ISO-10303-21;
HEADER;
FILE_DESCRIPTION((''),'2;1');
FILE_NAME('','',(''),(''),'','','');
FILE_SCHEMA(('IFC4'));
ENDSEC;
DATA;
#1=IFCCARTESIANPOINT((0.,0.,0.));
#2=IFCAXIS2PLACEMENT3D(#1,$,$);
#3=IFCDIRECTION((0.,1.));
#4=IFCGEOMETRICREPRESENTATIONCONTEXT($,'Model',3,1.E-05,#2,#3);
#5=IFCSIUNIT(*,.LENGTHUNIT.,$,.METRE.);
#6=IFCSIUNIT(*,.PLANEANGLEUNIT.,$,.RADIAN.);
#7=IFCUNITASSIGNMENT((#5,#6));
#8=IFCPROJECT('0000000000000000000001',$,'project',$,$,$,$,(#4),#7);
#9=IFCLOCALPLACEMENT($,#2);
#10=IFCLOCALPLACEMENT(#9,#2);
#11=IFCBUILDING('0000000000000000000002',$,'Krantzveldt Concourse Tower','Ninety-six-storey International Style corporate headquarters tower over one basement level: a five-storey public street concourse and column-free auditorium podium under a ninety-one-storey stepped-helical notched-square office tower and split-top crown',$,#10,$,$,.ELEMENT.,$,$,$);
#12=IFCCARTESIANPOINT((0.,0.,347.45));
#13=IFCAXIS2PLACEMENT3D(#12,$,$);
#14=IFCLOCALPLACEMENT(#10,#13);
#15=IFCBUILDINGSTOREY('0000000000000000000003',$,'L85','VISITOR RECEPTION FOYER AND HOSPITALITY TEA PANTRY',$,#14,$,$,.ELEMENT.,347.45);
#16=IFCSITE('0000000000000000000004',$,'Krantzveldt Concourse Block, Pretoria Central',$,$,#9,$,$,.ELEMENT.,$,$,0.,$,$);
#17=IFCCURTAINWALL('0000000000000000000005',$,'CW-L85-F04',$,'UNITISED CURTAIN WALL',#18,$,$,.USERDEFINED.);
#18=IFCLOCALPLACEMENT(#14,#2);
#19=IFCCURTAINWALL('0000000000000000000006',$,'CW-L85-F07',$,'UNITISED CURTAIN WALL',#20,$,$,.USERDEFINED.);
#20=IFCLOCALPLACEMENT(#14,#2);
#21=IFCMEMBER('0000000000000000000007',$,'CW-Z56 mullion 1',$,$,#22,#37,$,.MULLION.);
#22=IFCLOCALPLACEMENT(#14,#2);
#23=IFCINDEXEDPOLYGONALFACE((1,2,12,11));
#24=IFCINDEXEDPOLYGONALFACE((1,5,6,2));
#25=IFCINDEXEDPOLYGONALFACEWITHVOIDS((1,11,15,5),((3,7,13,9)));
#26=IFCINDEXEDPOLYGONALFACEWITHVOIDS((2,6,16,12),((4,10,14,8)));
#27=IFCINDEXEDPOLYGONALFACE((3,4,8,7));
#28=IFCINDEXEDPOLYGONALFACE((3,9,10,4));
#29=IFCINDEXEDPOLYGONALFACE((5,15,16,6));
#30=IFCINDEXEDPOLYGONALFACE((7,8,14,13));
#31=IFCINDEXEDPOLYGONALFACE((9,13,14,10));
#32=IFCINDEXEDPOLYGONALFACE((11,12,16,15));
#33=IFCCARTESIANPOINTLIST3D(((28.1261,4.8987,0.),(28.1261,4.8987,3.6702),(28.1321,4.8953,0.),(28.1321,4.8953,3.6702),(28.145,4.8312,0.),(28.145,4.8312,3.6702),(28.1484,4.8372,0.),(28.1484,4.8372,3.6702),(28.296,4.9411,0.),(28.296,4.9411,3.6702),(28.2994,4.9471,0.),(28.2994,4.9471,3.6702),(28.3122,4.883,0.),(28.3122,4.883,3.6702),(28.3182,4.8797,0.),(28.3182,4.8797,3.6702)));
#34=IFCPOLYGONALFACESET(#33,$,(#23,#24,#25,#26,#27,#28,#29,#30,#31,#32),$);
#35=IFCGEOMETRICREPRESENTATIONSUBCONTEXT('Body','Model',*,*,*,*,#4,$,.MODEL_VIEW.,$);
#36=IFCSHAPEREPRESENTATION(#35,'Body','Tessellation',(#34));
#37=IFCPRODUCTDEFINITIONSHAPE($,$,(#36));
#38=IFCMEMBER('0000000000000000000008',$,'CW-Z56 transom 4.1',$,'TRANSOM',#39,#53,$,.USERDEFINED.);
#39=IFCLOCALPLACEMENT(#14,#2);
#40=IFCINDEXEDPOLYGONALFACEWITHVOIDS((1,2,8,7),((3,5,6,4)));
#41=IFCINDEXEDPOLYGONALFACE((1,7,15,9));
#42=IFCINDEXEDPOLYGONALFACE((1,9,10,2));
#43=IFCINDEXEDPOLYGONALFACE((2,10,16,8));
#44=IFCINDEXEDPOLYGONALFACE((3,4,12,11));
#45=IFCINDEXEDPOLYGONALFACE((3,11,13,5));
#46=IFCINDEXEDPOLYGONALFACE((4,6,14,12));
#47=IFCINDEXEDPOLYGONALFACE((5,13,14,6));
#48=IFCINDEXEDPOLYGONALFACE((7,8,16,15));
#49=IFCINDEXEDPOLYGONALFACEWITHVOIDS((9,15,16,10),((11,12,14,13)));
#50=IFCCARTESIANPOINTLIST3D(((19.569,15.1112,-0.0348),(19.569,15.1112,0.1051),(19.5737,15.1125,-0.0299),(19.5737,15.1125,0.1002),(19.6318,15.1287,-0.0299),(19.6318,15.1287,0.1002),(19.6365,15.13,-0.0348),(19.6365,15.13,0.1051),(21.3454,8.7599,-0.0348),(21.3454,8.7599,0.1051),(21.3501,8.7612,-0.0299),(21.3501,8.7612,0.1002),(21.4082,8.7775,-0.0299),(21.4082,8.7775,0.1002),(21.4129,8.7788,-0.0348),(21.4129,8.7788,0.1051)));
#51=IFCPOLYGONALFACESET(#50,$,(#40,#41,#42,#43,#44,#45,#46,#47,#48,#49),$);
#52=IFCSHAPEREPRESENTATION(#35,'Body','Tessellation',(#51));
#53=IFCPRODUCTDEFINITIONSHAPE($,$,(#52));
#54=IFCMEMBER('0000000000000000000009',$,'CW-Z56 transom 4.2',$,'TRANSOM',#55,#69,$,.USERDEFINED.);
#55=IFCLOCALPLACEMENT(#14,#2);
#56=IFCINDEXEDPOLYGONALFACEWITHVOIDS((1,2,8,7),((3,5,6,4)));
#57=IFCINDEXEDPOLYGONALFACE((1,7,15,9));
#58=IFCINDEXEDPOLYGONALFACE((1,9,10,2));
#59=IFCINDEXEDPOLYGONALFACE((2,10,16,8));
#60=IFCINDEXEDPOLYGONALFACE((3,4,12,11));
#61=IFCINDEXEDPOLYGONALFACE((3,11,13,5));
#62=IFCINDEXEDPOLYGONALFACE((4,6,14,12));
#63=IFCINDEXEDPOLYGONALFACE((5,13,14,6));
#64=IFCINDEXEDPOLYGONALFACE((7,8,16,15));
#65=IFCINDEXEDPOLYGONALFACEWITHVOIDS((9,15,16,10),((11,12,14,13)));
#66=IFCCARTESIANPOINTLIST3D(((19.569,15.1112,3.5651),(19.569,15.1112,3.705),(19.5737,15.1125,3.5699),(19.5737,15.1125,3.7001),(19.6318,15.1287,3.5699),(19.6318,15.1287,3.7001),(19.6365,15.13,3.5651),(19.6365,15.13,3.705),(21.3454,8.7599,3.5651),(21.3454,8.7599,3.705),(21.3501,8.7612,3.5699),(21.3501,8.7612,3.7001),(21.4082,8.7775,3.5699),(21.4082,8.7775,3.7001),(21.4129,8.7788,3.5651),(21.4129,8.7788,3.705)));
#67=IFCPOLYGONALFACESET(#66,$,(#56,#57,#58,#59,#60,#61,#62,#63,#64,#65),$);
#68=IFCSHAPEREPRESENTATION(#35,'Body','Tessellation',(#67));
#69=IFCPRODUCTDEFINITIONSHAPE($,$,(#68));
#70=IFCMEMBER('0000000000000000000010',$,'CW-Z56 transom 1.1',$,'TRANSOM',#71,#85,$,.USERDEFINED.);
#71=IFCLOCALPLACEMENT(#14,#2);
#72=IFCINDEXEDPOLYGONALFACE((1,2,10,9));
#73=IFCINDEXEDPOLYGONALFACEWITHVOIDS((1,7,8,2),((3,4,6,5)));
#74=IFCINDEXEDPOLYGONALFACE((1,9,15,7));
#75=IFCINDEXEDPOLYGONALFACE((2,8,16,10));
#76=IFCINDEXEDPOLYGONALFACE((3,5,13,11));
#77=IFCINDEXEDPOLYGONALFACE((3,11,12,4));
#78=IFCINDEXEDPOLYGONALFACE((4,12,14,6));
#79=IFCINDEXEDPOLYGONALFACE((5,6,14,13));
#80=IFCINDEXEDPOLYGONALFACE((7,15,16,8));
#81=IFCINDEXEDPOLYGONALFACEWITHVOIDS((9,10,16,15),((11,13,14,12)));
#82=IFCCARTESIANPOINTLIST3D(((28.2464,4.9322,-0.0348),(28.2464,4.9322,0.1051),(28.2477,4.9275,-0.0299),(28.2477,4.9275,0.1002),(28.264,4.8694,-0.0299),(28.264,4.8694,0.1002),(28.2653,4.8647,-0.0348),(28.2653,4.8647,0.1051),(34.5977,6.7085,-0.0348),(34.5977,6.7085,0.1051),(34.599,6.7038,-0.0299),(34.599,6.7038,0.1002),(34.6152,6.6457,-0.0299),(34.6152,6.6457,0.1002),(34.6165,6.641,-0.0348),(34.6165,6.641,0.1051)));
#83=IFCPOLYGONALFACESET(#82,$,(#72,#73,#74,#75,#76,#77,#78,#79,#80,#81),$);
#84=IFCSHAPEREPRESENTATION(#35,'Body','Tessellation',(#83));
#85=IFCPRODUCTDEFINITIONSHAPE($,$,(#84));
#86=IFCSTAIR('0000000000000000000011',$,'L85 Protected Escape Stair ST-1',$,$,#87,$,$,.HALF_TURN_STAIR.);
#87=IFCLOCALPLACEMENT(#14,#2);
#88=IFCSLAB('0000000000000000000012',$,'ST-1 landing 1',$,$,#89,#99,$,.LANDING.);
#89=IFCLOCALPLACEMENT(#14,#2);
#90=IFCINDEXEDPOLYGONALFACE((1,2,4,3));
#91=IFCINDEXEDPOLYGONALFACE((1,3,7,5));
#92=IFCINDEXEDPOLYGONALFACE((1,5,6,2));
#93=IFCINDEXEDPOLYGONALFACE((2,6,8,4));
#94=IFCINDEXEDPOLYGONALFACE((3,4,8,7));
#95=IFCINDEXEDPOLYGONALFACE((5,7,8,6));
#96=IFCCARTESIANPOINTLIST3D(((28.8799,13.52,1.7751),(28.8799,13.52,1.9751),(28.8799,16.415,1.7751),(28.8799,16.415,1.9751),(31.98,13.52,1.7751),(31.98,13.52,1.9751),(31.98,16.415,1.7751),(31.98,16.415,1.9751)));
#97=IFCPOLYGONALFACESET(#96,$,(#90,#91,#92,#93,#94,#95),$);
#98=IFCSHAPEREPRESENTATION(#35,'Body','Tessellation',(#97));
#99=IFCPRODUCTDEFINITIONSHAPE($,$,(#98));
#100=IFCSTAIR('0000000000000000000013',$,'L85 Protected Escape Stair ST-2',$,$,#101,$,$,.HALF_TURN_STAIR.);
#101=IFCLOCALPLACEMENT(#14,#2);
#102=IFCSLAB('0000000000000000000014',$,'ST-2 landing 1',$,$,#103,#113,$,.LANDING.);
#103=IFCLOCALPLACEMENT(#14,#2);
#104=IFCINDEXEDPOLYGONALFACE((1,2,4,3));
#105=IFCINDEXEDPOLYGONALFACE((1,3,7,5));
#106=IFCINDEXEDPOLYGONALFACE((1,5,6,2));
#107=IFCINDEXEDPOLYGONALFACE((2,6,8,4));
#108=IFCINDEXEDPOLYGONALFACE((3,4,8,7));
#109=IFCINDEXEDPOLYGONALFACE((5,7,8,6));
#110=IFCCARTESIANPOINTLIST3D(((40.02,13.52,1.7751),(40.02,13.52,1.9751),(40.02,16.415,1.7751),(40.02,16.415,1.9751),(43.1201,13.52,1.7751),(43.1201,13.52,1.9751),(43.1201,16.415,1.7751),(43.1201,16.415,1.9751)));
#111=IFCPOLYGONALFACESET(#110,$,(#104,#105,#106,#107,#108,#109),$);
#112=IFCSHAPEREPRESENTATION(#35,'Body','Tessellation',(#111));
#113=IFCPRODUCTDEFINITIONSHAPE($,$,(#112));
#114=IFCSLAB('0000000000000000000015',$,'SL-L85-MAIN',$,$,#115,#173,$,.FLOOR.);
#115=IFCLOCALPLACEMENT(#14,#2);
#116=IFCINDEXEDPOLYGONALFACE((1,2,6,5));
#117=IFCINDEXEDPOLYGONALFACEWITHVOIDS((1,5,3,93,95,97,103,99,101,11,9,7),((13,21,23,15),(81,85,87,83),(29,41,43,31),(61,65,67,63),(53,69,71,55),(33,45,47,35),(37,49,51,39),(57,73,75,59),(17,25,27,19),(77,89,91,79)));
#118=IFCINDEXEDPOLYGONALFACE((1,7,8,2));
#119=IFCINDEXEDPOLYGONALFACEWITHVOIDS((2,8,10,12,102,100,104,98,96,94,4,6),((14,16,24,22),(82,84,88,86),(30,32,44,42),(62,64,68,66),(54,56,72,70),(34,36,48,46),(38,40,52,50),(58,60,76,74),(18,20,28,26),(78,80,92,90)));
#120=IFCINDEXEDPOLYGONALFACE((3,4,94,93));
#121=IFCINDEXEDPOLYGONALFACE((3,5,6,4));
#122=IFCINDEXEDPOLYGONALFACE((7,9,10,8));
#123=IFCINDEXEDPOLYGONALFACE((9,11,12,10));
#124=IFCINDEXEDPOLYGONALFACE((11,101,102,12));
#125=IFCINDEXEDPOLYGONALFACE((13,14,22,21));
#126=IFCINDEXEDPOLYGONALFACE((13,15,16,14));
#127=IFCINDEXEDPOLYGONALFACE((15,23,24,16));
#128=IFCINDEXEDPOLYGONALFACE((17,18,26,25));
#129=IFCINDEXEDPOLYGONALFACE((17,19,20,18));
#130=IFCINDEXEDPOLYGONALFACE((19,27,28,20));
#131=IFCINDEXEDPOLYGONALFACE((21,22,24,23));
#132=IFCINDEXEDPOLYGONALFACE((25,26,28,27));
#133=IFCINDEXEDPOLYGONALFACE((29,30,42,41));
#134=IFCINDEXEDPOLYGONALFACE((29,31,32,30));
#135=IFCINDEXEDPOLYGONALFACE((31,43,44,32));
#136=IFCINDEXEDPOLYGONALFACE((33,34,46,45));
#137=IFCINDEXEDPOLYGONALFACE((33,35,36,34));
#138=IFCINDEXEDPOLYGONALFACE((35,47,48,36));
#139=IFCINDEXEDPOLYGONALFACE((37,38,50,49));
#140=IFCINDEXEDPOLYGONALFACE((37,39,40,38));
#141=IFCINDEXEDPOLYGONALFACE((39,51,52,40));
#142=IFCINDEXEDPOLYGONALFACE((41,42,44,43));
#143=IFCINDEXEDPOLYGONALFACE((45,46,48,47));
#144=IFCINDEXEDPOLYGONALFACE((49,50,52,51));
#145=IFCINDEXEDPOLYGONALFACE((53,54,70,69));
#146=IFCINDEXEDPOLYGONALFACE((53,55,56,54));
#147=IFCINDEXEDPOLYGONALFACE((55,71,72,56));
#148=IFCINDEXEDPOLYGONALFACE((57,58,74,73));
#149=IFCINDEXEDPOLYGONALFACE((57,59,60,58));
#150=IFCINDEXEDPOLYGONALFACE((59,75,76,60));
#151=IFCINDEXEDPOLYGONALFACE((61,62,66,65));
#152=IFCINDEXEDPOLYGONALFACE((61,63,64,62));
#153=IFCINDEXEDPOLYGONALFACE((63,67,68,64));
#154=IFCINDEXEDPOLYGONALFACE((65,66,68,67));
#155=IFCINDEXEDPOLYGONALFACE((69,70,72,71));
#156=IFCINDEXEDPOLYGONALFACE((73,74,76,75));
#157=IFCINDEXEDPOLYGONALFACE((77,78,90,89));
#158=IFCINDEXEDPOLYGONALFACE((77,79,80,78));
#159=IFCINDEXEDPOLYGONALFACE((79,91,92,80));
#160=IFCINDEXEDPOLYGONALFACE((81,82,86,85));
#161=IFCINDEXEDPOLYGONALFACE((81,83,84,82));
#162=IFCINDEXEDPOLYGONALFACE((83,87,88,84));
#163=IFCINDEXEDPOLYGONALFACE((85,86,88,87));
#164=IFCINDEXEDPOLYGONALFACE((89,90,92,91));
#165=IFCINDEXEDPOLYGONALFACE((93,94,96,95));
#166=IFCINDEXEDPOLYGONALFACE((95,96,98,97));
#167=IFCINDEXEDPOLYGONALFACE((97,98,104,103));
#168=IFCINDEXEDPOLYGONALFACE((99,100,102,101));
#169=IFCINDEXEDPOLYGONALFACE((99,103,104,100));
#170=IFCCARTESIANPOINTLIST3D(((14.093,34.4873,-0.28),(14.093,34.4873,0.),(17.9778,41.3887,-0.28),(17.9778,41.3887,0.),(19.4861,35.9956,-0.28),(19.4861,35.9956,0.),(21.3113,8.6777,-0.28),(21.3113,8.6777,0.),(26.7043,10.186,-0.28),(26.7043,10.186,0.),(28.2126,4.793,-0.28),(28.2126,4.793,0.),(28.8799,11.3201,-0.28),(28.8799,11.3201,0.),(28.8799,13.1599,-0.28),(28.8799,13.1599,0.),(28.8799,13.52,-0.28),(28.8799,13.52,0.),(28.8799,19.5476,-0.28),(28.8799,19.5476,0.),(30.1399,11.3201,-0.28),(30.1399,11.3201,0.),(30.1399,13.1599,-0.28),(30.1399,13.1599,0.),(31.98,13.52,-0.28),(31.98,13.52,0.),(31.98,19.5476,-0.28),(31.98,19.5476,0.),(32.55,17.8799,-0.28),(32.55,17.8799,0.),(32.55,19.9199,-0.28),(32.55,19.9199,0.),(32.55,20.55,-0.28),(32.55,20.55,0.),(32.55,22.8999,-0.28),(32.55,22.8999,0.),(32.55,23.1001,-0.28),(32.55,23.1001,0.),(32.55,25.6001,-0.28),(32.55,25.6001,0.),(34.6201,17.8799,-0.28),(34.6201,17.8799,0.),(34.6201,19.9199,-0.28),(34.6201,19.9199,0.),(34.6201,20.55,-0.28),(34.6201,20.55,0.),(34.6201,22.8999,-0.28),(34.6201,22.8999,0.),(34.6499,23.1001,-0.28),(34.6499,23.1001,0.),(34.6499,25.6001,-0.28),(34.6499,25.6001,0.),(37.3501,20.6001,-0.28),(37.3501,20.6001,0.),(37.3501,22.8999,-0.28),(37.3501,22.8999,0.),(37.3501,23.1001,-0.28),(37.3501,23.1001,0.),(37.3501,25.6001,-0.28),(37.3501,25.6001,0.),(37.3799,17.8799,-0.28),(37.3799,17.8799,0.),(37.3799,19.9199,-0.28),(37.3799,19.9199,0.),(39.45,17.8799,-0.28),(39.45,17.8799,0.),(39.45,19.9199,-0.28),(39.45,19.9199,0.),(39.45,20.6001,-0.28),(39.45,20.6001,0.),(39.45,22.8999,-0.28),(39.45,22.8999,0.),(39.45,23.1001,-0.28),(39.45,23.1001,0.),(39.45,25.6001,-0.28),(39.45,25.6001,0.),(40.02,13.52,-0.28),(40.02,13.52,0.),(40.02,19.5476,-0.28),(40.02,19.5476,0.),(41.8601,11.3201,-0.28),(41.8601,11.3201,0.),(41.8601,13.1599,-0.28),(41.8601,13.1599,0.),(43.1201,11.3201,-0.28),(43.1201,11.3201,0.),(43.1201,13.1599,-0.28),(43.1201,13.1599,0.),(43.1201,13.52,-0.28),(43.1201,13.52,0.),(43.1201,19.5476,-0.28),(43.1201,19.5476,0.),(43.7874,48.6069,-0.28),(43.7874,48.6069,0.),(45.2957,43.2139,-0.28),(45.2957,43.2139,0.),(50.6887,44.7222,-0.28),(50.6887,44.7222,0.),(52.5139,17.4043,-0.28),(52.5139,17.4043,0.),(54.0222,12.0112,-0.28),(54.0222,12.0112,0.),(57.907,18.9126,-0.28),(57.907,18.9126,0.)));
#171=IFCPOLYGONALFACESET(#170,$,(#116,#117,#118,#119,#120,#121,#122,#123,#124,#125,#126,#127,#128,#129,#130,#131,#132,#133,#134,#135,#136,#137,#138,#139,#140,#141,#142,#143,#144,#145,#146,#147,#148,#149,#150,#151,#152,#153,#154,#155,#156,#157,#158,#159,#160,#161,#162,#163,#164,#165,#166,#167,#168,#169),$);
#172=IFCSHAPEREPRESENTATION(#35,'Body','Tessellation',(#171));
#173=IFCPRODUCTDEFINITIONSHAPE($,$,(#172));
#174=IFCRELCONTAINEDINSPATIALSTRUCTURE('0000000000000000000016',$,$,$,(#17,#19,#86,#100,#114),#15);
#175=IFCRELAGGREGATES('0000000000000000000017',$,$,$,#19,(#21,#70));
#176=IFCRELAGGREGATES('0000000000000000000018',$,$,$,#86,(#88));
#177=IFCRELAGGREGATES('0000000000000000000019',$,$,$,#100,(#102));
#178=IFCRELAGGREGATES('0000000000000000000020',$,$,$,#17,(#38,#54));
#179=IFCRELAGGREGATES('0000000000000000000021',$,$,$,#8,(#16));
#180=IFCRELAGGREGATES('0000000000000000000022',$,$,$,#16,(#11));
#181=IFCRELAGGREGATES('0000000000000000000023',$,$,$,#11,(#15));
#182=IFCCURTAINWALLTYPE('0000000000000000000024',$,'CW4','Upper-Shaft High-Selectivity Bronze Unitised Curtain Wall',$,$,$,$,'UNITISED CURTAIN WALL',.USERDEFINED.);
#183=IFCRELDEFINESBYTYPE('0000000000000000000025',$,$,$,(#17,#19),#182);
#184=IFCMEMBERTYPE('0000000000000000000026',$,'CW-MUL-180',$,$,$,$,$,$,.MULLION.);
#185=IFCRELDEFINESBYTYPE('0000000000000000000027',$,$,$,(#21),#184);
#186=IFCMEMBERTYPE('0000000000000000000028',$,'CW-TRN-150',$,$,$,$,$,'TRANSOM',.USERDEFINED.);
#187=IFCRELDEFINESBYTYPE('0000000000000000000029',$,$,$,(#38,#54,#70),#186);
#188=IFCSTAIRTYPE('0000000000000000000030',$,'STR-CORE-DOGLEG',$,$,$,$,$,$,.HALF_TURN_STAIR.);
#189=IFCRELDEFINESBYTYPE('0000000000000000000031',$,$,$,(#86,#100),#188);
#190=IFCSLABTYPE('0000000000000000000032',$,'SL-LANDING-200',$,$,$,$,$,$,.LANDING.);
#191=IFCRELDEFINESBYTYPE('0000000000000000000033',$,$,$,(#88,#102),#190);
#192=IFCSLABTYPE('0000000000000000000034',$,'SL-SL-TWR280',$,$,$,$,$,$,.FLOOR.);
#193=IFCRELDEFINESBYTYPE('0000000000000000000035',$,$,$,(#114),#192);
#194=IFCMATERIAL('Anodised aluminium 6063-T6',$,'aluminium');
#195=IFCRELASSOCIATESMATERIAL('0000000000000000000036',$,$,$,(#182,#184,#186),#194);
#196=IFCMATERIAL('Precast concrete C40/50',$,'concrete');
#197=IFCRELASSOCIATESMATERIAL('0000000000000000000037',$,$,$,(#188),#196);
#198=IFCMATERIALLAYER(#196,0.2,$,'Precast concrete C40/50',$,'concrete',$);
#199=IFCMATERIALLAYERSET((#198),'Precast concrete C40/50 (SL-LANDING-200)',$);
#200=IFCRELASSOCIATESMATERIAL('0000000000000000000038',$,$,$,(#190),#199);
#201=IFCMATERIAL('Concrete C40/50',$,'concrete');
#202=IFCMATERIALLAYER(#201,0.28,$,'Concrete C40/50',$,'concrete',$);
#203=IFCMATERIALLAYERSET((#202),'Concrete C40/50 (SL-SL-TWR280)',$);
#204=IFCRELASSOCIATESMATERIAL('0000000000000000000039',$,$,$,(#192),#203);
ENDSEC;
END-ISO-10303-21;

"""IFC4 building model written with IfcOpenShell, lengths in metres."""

from ifc_helpers import new_model, si_unit, direction, frame, origin, origin_2d, place, context, subcontext, project, spatial, polyline, hollow_rectangle, outline, extrude, source, transform, mapped, material, layer, layer_set, material_profile, profile_set, type_object, type_shapes, element, aggregate, save


model = new_model("IFC4")

# Units and contexts
model_context = context("Model", 3, precision=1e-05, world=origin(), true_north=direction((0.0, 1.0)))
body_context = subcontext(model_context, "Body", "Model", "MODEL_VIEW")
ifc_project = project(units=[si_unit("LENGTHUNIT", "METRE"), si_unit("PLANEANGLEUNIT", "RADIAN")], contexts=[model_context])

# Site, building, storey
site_placement = place(None, origin())
site = spatial("IfcSite", under=ifc_project, at=site_placement, Name="Krantzveldt Concourse Block, Pretoria Central", CompositionType="ELEMENT", RefElevation=0.0)
building_placement = place(site_placement, origin())
building = spatial("IfcBuilding", under=site, at=building_placement, Name="Krantzveldt Concourse Tower", Description="Ninety-six-storey International Style corporate headquarters tower over one basement level: a five-storey public street concourse and column-free auditorium podium under a ninety-one-storey stepped-helical notched-square office tower and split-top crown", CompositionType="ELEMENT")
storey_placement = place(building_placement, frame((0.0, 0.0, 347.45)))
storey = spatial("IfcBuildingStorey", under=building, at=storey_placement, Name="L85", Description="VISITOR RECEPTION FOYER AND HOSPITALITY TEA PANTRY", CompositionType="ELEMENT", Elevation=347.45)

# Curtain wall
ifc_material_1 = material(Name="Anodised aluminium 6063-T6", Category="aluminium")
curtain_wall_type = type_object("IfcCurtainWallType", Name="CW4", Description="Upper-Shaft High-Selectivity Bronze Unitised Curtain Wall", ElementType="UNITISED CURTAIN WALL", PredefinedType="USERDEFINED", material=ifc_material_1)
curtain_wall_1_placement = place(storey_placement, origin())
curtain_wall_1 = element("IfcCurtainWall", 1, at=curtain_wall_1_placement, inside=storey, type_object=curtain_wall_type, Name="CW-L85-F04", ObjectType="UNITISED CURTAIN WALL", PredefinedType="USERDEFINED")
ifc_material_profile_1 = material_profile(ifc_material_1, hollow_rectangle(XDim=0.0701, YDim=0.1799, WallThickness=0.0049, at=origin_2d()), Name="Anodised aluminium 6063-T6", Category="aluminium")
ifc_profile_set_1 = profile_set([ifc_material_profile_1], Name="Anodised aluminium 6063-T6 - ALU-MULL 180x70x5")
member_type_1 = type_object("IfcMemberType", Name="CW-MUL-180", PredefinedType="MULLION", material=ifc_profile_set_1)
shared_shape_1 = source(origin(), body_context, "Body", "SweptSolid", [
    extrude(hollow_rectangle(XDim=0.0701, YDim=0.1799, WallThickness=0.0049, at=origin_2d()), origin(), (0.0, 0.0, 1.0), 3.6702),
])
type_shapes(member_type_1, [shared_shape_1])

# Curtain wall, member
curtain_wall_2_placement = place(storey_placement, origin())
curtain_wall_2 = element("IfcCurtainWall", 2, at=curtain_wall_2_placement, inside=storey, type_object=curtain_wall_type, Name="CW-L85-F07", ObjectType="UNITISED CURTAIN WALL", PredefinedType="USERDEFINED")
member_1_placement = place(storey_placement, frame((28.2222, 4.8892, 0.0), z_axis=(0.0, 0.0, 1.0), x_axis=(-0.26934, 0.963045, 0.0)))
member_1 = element("IfcMember", 3, at=member_1_placement, type_object=member_type_1, Name="CW-Z56 mullion 1", PredefinedType="MULLION", context=body_context, shape_type="MappedRepresentation", body=[
    mapped(shared_shape_1, transform((0.0, 0.0, 0.0), x_axis=(1.0, 0.0, 0.0), y_axis=(0.0, 1.0, 0.0), z_axis=(0.0, 0.0, 1.0), scale=1.0)),
])

# Members
ifc_material_profile_2 = material_profile(ifc_material_1, hollow_rectangle(XDim=0.0701, YDim=0.1399, WallThickness=0.0049, at=origin_2d()), Name="Anodised aluminium 6063-T6", Category="aluminium")
ifc_profile_set_2 = profile_set([ifc_material_profile_2], Name="Anodised aluminium 6063-T6 - ALU-TRAN 140x70x5")
member_type_2 = type_object("IfcMemberType", Name="CW-TRN-150", ElementType="TRANSOM", PredefinedType="USERDEFINED", material=ifc_profile_set_2)
shared_shape_2 = source(origin(), body_context, "Body", "SweptSolid", [
    extrude(hollow_rectangle(XDim=0.0701, YDim=0.1399, WallThickness=0.0049, at=origin_2d()), origin(), (0.0, 0.0, 1.0), 6.595),
])
type_shapes(member_type_2, [shared_shape_2])
member_2_placement = place(storey_placement, frame((19.6028, 15.1206, 0.0352), z_axis=(0.269348, -0.963043, 0.0), x_axis=(0.963043, 0.269348, 0.0)))
member_2 = element("IfcMember", 4, at=member_2_placement, type_object=member_type_2, Name="CW-Z56 transom 4.1", ObjectType="TRANSOM", PredefinedType="USERDEFINED", context=body_context, shape_type="MappedRepresentation", body=[
    mapped(shared_shape_2, transform((0.0, 0.0, 0.0), x_axis=(1.0, 0.0, 0.0), y_axis=(0.0, 1.0, 0.0), z_axis=(0.0, 0.0, 1.0), scale=1.0)),
])
member_3_placement = place(storey_placement, frame((19.6028, 15.1206, 3.635), z_axis=(0.269348, -0.963043, 0.0), x_axis=(0.963043, 0.269348, 0.0)))
member_3 = element("IfcMember", 5, at=member_3_placement, type_object=member_type_2, Name="CW-Z56 transom 4.2", ObjectType="TRANSOM", PredefinedType="USERDEFINED", context=body_context, shape_type="MappedRepresentation", body=[
    mapped(shared_shape_2, transform((0.0, 0.0, 0.0), x_axis=(1.0, 0.0, 0.0), y_axis=(0.0, 1.0, 0.0), z_axis=(0.0, 0.0, 1.0), scale=1.0)),
])
member_4_placement = place(storey_placement, frame((28.2559, 4.8984, 0.0352), z_axis=(0.963043, 0.269348, 0.0), x_axis=(-0.269348, 0.963043, 0.0)))
member_4 = element("IfcMember", 6, at=member_4_placement, type_object=member_type_2, Name="CW-Z56 transom 1.1", ObjectType="TRANSOM", PredefinedType="USERDEFINED", context=body_context, shape_type="MappedRepresentation", body=[
    mapped(shared_shape_2, transform((0.0, 0.0, 0.0), x_axis=(1.0, 0.0, 0.0), y_axis=(0.0, 1.0, 0.0), z_axis=(0.0, 0.0, 1.0), scale=1.0)),
])
aggregate(curtain_wall_2, [member_1, member_4])

# Stairs, slabs
ifc_material_2 = material(Name="Precast concrete C40/50", Category="concrete")
stair_type = type_object("IfcStairType", Name="STR-CORE-DOGLEG", PredefinedType="HALF_TURN_STAIR", material=ifc_material_2)
stair_1_placement = place(storey_placement, origin())
stair_1 = element("IfcStair", 7, at=stair_1_placement, inside=storey, type_object=stair_type, Name="L85 Protected Escape Stair ST-1", PredefinedType="HALF_TURN_STAIR")
ifc_layer_1 = layer(ifc_material_2, 0.2, Name="Precast concrete C40/50", Category="concrete")
ifc_layer_set_1 = layer_set([ifc_layer_1], Name="Precast concrete C40/50 (SL-LANDING-200)")
slab_type_1 = type_object("IfcSlabType", Name="SL-LANDING-200", PredefinedType="LANDING", material=ifc_layer_set_1)
slab_1_placement = place(storey_placement, frame((0.0, 0.0, 1.7751)))
slab_1 = element("IfcSlab", 8, at=slab_1_placement, type_object=slab_type_1, Name="ST-1 landing 1", PredefinedType="LANDING", context=body_context, shape_type="SweptSolid", body=[
    extrude(outline(polyline([(28.8799, 16.415), (28.8799, 13.52), (31.98, 13.52), (31.98, 16.415), (28.8799, 16.415)])), origin(), (0.0, 0.0, 1.0), 0.2),
])
aggregate(stair_1, [slab_1])
stair_2_placement = place(storey_placement, origin())
stair_2 = element("IfcStair", 9, at=stair_2_placement, inside=storey, type_object=stair_type, Name="L85 Protected Escape Stair ST-2", PredefinedType="HALF_TURN_STAIR")
slab_2_placement = place(storey_placement, frame((0.0, 0.0, 1.7751)))
slab_2 = element("IfcSlab", 10, at=slab_2_placement, type_object=slab_type_1, Name="ST-2 landing 1", PredefinedType="LANDING", context=body_context, shape_type="SweptSolid", body=[
    extrude(outline(polyline([(40.02, 16.415), (40.02, 13.52), (43.1201, 13.52), (43.1201, 16.415), (40.02, 16.415)])), origin(), (0.0, 0.0, 1.0), 0.2),
])
aggregate(stair_2, [slab_2])

# Slab
ifc_material_3 = material(Name="Concrete C40/50", Category="concrete")
ifc_layer_2 = layer(ifc_material_3, 0.28, Name="Concrete C40/50", Category="concrete")
ifc_layer_set_2 = layer_set([ifc_layer_2], Name="Concrete C40/50 (SL-SL-TWR280)")
slab_type_2 = type_object("IfcSlabType", Name="SL-SL-TWR280", PredefinedType="FLOOR", material=ifc_layer_set_2)
slab_3_placement = place(storey_placement, frame((0.0, 0.0, -0.28)))
element("IfcSlab", 11, at=slab_3_placement, inside=storey, type_object=slab_type_2, Name="SL-L85-MAIN", PredefinedType="FLOOR", context=body_context, shape_type="SweptSolid", body=[
    extrude(outline(polyline([(45.2957, 43.2139), (43.7874, 48.6069), (17.9778, 41.3887), (19.4861, 35.9956), (14.093, 34.4873), (21.3113, 8.6777), (26.7043, 10.186), (28.2126, 4.793), (54.0222, 12.0112), (52.5139, 17.4043), (57.907, 18.9126), (50.6887, 44.7222), (45.2957, 43.2139)]), holes=[polyline([(28.8799, 19.5476), (28.8799, 13.52), (31.98, 13.52), (31.98, 19.5476), (28.8799, 19.5476)]), polyline([(40.02, 19.5476), (40.02, 13.52), (43.1201, 13.52), (43.1201, 19.5476), (40.02, 19.5476)]), polyline([(32.55, 23.1001), (34.6499, 23.1001), (34.6499, 25.6001), (32.55, 25.6001), (32.55, 23.1001)]), polyline([(37.3501, 23.1001), (39.45, 23.1001), (39.45, 25.6001), (37.3501, 25.6001), (37.3501, 23.1001)]), polyline([(37.3501, 20.6001), (39.45, 20.6001), (39.45, 22.8999), (37.3501, 22.8999), (37.3501, 20.6001)]), polyline([(32.55, 20.55), (34.6201, 20.55), (34.6201, 22.8999), (32.55, 22.8999), (32.55, 20.55)]), polyline([(32.55, 17.8799), (34.6201, 17.8799), (34.6201, 19.9199), (32.55, 19.9199), (32.55, 17.8799)]), polyline([(37.3799, 17.8799), (39.45, 17.8799), (39.45, 19.9199), (37.3799, 19.9199), (37.3799, 17.8799)]), polyline([(28.8799, 11.3201), (30.1399, 11.3201), (30.1399, 13.1599), (28.8799, 13.1599), (28.8799, 11.3201)]), polyline([(41.8601, 11.3201), (43.1201, 11.3201), (43.1201, 13.1599), (41.8601, 13.1599), (41.8601, 11.3201)])]), origin(), (0.0, 0.0, 1.0), 0.28),
])

aggregate(curtain_wall_1, [member_2, member_3])

save(model, "model.ifc")
